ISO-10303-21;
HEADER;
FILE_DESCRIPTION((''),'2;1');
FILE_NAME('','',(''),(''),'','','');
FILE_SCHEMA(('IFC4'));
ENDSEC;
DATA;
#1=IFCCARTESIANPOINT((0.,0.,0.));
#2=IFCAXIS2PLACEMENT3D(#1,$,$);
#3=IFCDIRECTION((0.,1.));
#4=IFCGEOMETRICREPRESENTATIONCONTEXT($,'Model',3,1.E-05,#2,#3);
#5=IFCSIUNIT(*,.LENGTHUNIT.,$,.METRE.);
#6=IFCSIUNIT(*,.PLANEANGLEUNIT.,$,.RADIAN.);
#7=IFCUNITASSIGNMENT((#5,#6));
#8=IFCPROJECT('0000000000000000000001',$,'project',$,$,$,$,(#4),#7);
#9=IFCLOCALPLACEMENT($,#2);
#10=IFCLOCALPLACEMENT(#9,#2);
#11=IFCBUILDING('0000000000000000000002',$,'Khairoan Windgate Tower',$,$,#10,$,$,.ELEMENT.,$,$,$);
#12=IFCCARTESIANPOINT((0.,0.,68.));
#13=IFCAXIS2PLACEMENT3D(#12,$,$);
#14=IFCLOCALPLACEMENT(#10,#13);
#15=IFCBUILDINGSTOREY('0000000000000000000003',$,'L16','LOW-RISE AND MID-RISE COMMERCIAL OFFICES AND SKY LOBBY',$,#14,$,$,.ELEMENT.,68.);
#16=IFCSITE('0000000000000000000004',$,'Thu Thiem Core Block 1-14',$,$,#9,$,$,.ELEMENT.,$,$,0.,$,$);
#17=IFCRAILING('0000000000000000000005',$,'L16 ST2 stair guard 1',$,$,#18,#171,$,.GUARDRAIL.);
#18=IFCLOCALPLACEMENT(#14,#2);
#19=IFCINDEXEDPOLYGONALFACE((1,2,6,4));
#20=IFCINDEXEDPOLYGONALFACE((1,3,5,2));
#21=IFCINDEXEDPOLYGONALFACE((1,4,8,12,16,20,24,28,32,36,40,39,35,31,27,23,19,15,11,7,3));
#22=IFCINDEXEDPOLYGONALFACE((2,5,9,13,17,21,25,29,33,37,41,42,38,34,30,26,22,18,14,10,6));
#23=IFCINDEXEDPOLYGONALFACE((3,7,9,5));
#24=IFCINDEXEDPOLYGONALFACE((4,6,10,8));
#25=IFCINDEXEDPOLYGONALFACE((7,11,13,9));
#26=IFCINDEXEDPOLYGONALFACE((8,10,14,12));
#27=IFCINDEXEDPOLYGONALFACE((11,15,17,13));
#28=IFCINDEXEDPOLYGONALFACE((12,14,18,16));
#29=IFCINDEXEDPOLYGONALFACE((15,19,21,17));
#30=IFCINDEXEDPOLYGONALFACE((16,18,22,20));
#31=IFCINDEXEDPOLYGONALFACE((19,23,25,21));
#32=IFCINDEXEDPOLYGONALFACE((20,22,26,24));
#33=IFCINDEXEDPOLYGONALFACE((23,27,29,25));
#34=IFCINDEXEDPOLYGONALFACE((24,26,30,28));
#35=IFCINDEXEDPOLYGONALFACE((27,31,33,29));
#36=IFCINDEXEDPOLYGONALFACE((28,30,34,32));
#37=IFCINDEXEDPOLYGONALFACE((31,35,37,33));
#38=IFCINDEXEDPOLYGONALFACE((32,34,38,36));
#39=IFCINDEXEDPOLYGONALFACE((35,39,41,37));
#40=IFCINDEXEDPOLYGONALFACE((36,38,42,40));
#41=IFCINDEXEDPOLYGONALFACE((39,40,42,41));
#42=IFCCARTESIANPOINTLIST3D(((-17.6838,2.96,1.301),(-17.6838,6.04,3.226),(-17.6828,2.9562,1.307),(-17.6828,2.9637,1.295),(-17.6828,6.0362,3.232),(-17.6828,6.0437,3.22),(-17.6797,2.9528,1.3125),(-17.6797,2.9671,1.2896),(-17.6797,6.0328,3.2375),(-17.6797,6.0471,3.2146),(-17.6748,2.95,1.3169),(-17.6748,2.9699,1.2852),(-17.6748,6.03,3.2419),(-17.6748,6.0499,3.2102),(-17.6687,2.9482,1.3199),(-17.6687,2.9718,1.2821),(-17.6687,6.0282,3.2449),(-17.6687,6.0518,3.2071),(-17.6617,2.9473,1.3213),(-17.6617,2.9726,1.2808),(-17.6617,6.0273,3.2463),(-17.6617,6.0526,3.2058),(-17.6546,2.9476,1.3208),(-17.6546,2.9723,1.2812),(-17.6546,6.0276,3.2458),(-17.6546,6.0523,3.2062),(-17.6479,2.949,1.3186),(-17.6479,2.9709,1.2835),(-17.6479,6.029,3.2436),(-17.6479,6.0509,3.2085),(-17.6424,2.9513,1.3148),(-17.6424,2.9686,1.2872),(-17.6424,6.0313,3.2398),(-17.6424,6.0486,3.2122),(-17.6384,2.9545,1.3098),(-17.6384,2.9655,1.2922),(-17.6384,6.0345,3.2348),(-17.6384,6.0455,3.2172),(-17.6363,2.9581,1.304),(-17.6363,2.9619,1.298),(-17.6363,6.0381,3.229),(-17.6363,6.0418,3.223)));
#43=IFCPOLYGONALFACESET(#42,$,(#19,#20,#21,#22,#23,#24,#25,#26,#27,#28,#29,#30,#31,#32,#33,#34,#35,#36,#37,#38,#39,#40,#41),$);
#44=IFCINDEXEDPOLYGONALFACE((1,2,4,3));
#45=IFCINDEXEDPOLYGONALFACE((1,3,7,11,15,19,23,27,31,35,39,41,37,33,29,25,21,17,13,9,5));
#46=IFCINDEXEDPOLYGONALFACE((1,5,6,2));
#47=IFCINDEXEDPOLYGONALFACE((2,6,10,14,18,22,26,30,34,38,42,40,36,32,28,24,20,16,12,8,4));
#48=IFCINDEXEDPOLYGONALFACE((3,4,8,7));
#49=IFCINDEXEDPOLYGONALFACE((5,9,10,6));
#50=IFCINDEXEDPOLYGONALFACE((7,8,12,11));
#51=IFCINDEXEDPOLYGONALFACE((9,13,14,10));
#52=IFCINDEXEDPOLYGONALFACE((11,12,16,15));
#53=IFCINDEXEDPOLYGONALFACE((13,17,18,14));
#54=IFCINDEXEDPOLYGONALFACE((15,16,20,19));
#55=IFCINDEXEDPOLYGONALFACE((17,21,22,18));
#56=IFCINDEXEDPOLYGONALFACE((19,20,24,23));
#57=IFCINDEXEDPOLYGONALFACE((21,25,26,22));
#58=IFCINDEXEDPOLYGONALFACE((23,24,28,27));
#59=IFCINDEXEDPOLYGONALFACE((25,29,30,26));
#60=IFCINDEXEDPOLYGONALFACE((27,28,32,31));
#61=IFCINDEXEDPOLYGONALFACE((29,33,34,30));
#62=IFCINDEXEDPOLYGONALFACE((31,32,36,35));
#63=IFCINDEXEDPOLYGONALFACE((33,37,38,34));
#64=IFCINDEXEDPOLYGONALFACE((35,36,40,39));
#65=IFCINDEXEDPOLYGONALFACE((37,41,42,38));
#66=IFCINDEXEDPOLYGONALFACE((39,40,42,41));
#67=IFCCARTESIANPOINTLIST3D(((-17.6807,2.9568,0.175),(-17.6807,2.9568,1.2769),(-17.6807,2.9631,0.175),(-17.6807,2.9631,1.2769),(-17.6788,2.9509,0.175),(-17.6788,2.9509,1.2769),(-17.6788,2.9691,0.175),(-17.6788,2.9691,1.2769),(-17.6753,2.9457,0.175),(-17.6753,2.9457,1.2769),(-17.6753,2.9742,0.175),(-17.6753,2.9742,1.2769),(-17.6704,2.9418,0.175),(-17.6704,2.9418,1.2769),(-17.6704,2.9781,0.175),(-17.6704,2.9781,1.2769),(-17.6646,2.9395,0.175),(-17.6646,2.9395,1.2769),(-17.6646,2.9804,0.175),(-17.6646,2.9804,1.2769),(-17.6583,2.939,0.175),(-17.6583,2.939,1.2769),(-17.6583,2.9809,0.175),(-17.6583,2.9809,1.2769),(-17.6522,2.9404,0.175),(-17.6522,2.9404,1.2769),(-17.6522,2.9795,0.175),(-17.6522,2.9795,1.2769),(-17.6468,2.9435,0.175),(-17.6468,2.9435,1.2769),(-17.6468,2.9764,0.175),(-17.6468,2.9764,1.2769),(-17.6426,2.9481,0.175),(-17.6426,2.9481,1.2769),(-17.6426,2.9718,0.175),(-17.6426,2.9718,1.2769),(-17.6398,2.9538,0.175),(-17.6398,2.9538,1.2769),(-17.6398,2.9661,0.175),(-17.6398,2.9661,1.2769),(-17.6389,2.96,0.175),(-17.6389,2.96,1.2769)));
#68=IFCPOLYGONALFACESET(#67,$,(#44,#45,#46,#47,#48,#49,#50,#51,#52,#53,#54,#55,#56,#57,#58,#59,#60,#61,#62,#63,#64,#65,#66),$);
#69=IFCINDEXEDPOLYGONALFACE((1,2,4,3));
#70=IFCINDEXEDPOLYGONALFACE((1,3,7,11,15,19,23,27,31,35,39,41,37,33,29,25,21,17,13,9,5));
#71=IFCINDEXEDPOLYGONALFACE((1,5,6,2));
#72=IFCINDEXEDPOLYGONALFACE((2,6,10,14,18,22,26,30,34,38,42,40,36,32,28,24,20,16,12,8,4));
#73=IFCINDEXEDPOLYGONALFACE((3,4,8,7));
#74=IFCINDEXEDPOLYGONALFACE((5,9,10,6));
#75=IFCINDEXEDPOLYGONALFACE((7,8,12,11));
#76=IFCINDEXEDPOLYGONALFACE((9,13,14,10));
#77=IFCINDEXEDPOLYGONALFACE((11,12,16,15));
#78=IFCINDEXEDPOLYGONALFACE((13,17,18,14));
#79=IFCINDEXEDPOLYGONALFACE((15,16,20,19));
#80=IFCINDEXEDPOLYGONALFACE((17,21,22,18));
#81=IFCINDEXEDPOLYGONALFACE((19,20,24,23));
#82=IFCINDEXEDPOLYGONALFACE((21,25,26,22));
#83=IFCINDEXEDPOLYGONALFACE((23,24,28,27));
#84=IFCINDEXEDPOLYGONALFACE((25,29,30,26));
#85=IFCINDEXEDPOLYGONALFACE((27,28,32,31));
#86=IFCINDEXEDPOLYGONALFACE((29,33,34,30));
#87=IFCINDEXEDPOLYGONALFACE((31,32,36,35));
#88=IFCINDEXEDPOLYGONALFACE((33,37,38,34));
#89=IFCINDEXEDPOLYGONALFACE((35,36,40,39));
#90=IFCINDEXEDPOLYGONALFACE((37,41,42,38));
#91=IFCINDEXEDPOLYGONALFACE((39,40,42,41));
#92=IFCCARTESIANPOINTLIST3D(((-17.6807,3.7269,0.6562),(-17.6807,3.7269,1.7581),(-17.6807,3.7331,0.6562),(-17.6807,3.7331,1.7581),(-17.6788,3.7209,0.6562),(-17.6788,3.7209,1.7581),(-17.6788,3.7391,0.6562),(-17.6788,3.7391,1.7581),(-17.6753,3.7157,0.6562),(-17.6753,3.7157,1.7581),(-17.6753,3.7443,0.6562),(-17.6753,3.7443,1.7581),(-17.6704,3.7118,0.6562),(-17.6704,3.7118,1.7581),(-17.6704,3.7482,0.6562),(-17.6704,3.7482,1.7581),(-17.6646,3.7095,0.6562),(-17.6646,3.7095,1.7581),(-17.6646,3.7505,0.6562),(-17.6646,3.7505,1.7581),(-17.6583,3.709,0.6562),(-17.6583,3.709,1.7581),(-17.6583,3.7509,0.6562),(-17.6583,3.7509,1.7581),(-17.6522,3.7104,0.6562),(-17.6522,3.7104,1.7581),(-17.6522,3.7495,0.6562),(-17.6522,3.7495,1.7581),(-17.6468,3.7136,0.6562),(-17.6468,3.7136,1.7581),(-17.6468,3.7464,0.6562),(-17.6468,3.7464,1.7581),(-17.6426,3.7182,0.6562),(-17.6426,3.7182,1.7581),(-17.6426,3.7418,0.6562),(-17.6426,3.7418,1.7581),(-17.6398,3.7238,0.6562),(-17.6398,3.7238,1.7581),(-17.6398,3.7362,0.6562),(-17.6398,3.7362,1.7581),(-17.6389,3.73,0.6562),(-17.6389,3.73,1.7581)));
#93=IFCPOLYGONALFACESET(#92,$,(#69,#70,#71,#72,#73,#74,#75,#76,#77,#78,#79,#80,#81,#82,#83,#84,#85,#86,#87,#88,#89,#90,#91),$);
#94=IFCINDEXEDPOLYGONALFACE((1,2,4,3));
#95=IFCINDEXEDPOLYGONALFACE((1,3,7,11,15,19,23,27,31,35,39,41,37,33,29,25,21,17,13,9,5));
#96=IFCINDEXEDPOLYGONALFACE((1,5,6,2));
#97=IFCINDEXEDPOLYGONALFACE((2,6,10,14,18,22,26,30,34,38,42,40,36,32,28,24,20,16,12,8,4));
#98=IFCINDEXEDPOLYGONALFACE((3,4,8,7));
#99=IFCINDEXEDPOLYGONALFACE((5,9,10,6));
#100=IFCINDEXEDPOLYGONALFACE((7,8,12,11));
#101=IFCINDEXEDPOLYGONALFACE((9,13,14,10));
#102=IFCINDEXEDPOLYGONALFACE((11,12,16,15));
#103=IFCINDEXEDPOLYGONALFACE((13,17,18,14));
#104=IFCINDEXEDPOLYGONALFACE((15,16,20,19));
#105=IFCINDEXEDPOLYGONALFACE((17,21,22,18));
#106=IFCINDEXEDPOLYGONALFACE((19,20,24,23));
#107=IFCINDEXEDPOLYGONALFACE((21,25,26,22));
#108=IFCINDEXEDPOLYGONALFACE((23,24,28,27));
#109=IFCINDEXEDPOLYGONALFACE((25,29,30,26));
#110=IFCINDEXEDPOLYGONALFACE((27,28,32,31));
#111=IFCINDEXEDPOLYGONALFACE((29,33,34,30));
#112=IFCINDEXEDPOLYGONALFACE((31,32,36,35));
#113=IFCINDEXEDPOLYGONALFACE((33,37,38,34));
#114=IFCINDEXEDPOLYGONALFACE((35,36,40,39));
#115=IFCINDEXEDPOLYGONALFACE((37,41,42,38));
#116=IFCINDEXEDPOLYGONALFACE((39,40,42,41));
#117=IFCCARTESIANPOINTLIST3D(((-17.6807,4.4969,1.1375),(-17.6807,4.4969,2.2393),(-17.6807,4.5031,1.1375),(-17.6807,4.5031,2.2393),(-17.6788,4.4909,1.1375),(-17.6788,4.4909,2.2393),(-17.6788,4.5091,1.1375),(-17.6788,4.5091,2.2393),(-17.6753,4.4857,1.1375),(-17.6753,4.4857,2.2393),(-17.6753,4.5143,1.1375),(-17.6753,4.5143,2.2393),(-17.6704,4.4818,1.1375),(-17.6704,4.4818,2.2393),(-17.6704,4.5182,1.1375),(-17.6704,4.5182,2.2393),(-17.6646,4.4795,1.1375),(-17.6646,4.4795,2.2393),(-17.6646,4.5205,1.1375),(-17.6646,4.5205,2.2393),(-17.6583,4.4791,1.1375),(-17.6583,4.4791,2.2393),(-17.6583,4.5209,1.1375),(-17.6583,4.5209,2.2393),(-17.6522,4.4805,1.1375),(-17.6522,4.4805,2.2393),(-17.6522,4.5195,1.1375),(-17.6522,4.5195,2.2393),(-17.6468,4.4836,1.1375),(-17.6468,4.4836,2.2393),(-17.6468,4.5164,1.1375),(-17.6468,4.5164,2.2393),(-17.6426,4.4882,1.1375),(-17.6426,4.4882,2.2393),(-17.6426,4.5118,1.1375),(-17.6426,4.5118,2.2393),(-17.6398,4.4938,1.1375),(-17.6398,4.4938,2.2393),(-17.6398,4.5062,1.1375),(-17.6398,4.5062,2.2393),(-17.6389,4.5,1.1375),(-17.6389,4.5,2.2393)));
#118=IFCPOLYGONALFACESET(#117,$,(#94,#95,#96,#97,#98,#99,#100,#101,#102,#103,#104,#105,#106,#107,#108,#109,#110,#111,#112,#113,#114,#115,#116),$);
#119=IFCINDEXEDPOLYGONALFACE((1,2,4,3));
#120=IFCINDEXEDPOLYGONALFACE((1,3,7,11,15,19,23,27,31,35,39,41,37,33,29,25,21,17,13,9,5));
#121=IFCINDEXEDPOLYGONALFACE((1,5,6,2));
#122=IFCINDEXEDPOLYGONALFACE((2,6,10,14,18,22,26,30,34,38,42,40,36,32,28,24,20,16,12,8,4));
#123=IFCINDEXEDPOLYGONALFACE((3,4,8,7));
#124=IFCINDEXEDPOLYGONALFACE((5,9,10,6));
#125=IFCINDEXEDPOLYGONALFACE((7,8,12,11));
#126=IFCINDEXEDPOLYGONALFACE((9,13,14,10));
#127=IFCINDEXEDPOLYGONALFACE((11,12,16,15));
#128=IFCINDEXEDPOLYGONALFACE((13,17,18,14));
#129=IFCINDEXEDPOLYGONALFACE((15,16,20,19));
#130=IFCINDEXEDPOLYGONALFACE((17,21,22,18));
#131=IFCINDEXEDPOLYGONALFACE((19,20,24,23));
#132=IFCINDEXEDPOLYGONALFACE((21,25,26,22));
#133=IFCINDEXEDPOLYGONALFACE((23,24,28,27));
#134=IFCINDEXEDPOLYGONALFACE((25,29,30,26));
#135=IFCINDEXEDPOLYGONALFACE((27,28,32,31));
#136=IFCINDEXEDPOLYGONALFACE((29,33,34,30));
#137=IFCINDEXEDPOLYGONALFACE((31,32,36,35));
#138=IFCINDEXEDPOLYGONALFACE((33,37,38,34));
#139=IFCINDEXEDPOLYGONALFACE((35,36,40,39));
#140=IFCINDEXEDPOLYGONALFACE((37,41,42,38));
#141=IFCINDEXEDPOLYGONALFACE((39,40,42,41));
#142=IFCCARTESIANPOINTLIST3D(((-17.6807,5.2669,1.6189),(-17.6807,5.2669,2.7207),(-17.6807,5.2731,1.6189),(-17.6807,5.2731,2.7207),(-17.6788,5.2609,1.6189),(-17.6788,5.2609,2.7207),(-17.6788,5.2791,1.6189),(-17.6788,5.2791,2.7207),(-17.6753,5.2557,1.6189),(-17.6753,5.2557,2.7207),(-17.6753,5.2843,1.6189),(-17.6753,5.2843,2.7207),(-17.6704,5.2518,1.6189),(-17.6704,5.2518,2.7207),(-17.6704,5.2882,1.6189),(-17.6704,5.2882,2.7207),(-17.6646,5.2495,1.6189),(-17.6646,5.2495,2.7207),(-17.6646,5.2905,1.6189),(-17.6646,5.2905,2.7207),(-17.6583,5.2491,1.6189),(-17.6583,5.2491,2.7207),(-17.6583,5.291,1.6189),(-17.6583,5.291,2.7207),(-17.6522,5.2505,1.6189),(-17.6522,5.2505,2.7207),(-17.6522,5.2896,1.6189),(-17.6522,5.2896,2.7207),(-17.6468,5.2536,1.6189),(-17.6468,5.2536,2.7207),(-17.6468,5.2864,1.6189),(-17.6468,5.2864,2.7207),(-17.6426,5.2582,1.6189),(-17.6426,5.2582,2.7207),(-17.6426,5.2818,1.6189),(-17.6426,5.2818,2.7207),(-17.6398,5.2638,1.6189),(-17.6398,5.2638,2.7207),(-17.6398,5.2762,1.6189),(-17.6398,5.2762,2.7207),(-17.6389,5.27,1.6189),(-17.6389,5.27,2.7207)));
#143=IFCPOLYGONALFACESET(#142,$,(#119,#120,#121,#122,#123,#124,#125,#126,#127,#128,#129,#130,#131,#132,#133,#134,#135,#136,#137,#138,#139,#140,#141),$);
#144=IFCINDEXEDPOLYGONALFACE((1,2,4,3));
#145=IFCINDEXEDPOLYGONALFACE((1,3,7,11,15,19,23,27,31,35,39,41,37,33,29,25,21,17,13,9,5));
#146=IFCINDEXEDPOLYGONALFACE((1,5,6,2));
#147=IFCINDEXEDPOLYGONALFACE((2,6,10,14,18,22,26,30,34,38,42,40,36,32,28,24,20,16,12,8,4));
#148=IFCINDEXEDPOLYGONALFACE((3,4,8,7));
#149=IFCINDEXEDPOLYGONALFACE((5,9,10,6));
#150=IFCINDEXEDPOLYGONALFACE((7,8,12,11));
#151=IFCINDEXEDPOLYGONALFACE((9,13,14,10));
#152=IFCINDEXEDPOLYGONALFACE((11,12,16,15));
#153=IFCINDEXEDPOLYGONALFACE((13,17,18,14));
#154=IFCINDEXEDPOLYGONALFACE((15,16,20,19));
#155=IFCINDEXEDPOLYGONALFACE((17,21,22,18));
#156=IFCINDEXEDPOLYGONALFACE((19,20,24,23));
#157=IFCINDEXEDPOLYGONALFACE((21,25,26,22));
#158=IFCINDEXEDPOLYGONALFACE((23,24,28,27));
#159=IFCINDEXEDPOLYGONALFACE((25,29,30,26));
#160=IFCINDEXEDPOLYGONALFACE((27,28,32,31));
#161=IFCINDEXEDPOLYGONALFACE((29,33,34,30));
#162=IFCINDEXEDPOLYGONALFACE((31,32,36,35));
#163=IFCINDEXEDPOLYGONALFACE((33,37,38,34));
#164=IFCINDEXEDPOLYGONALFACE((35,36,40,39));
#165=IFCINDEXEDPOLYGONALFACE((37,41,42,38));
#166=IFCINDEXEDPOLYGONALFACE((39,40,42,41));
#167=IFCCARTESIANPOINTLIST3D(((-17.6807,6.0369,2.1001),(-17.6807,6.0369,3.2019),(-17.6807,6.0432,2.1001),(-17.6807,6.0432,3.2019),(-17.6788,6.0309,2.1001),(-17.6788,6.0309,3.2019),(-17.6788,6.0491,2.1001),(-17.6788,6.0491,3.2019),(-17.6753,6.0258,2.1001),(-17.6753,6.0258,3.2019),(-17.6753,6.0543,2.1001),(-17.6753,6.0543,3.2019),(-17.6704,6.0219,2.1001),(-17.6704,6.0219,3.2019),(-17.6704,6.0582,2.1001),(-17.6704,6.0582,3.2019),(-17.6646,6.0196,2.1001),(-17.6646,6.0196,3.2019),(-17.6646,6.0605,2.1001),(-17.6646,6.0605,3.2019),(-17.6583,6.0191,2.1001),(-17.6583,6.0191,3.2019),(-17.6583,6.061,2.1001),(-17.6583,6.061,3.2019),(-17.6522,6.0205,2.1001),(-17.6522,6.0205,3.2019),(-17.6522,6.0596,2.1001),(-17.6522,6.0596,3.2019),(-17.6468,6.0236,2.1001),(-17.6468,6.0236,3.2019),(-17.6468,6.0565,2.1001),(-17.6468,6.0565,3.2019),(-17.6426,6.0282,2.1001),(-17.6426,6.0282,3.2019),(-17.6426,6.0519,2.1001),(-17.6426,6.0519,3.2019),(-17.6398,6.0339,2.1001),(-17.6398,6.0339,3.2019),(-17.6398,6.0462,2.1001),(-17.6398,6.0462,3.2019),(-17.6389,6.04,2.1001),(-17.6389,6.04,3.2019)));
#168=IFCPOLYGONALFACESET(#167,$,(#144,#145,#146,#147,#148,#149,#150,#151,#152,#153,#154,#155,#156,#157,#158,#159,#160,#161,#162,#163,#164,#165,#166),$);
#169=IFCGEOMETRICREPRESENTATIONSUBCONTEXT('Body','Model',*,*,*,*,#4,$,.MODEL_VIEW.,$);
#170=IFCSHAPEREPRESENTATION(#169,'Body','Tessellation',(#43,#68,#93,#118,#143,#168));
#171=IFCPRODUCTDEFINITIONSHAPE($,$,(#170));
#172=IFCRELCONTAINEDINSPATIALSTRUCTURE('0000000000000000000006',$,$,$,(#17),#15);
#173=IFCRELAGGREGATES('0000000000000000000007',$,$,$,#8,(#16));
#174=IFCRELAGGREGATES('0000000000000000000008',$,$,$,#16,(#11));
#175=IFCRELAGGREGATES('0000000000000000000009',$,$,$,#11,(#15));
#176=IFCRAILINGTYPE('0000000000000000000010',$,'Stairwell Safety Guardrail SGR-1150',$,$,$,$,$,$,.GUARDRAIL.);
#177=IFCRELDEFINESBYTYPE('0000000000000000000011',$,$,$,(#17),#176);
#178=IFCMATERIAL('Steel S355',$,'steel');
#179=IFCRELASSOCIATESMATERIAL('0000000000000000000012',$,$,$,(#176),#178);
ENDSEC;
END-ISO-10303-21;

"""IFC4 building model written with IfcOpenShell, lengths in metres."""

from ifc_helpers import new_model, si_unit, direction, frame, origin, origin_2d, place, context, subcontext, project, spatial, circle, extrude, material, type_object, element, save


model = new_model("IFC4")

# Units and contexts
model_context = context("Model", 3, precision=1e-05, world=origin(), true_north=direction((0.0, 1.0)))
body_context = subcontext(model_context, "Body", "Model", "MODEL_VIEW")
ifc_project = project(units=[si_unit("LENGTHUNIT", "METRE"), si_unit("PLANEANGLEUNIT", "RADIAN")], contexts=[model_context])

# Site, building, storey
site_placement = place(None, origin())
site = spatial("IfcSite", under=ifc_project, at=site_placement, Name="Thu Thiem Core Block 1-14", CompositionType="ELEMENT", RefElevation=0.0)
building_placement = place(site_placement, origin())
building = spatial("IfcBuilding", under=site, at=building_placement, Name="Khairoan Windgate Tower", CompositionType="ELEMENT")
storey_placement = place(building_placement, frame((0.0, 0.0, 68.0)))
storey = spatial("IfcBuildingStorey", under=building, at=storey_placement, Name="L16", Description="LOW-RISE AND MID-RISE COMMERCIAL OFFICES AND SKY LOBBY", CompositionType="ELEMENT", Elevation=68.0)

# Railing
ifc_material_1 = material(Name="Steel S355", Category="steel")
railing_type_1 = type_object("IfcRailingType", Name="Stairwell Safety Guardrail SGR-1150", PredefinedType="GUARDRAIL", material=ifc_material_1)
railing_1_placement = place(storey_placement, frame((-17.6599, 2.96, 0.175)))
element("IfcRailing", 1, at=railing_1_placement, inside=storey, type_object=railing_type_1, Name="L16 ST2 stair guard 1", PredefinedType="GUARDRAIL", context=body_context, shape_type="SweptSolid", body=[
    extrude(circle(Radius=0.0239, at=origin_2d()), frame((0.0, 0.0, 1.126), z_axis=(0.0, 0.847998, 0.529999), x_axis=(-1.0, 0.0, 0.0)), (0.0, 0.0, 1.0), 3.6321),
    extrude(circle(Radius=0.021, at=origin_2d()), origin(), (0.0, 0.0, 1.0), 1.1018),
    extrude(circle(Radius=0.021, at=origin_2d()), frame((0.0, 0.77, 0.4812)), (0.0, 0.0, 1.0), 1.1018),
    extrude(circle(Radius=0.021, at=origin_2d()), frame((0.0, 1.54, 0.9624)), (0.0, 0.0, 1.0), 1.1018),
    extrude(circle(Radius=0.021, at=origin_2d()), frame((0.0, 2.3101, 1.4438)), (0.0, 0.0, 1.0), 1.1018),
    extrude(circle(Radius=0.021, at=origin_2d()), frame((0.0, 3.0801, 1.925)), (0.0, 0.0, 1.0), 1.1018),
])

save(model, "model.ifc")
